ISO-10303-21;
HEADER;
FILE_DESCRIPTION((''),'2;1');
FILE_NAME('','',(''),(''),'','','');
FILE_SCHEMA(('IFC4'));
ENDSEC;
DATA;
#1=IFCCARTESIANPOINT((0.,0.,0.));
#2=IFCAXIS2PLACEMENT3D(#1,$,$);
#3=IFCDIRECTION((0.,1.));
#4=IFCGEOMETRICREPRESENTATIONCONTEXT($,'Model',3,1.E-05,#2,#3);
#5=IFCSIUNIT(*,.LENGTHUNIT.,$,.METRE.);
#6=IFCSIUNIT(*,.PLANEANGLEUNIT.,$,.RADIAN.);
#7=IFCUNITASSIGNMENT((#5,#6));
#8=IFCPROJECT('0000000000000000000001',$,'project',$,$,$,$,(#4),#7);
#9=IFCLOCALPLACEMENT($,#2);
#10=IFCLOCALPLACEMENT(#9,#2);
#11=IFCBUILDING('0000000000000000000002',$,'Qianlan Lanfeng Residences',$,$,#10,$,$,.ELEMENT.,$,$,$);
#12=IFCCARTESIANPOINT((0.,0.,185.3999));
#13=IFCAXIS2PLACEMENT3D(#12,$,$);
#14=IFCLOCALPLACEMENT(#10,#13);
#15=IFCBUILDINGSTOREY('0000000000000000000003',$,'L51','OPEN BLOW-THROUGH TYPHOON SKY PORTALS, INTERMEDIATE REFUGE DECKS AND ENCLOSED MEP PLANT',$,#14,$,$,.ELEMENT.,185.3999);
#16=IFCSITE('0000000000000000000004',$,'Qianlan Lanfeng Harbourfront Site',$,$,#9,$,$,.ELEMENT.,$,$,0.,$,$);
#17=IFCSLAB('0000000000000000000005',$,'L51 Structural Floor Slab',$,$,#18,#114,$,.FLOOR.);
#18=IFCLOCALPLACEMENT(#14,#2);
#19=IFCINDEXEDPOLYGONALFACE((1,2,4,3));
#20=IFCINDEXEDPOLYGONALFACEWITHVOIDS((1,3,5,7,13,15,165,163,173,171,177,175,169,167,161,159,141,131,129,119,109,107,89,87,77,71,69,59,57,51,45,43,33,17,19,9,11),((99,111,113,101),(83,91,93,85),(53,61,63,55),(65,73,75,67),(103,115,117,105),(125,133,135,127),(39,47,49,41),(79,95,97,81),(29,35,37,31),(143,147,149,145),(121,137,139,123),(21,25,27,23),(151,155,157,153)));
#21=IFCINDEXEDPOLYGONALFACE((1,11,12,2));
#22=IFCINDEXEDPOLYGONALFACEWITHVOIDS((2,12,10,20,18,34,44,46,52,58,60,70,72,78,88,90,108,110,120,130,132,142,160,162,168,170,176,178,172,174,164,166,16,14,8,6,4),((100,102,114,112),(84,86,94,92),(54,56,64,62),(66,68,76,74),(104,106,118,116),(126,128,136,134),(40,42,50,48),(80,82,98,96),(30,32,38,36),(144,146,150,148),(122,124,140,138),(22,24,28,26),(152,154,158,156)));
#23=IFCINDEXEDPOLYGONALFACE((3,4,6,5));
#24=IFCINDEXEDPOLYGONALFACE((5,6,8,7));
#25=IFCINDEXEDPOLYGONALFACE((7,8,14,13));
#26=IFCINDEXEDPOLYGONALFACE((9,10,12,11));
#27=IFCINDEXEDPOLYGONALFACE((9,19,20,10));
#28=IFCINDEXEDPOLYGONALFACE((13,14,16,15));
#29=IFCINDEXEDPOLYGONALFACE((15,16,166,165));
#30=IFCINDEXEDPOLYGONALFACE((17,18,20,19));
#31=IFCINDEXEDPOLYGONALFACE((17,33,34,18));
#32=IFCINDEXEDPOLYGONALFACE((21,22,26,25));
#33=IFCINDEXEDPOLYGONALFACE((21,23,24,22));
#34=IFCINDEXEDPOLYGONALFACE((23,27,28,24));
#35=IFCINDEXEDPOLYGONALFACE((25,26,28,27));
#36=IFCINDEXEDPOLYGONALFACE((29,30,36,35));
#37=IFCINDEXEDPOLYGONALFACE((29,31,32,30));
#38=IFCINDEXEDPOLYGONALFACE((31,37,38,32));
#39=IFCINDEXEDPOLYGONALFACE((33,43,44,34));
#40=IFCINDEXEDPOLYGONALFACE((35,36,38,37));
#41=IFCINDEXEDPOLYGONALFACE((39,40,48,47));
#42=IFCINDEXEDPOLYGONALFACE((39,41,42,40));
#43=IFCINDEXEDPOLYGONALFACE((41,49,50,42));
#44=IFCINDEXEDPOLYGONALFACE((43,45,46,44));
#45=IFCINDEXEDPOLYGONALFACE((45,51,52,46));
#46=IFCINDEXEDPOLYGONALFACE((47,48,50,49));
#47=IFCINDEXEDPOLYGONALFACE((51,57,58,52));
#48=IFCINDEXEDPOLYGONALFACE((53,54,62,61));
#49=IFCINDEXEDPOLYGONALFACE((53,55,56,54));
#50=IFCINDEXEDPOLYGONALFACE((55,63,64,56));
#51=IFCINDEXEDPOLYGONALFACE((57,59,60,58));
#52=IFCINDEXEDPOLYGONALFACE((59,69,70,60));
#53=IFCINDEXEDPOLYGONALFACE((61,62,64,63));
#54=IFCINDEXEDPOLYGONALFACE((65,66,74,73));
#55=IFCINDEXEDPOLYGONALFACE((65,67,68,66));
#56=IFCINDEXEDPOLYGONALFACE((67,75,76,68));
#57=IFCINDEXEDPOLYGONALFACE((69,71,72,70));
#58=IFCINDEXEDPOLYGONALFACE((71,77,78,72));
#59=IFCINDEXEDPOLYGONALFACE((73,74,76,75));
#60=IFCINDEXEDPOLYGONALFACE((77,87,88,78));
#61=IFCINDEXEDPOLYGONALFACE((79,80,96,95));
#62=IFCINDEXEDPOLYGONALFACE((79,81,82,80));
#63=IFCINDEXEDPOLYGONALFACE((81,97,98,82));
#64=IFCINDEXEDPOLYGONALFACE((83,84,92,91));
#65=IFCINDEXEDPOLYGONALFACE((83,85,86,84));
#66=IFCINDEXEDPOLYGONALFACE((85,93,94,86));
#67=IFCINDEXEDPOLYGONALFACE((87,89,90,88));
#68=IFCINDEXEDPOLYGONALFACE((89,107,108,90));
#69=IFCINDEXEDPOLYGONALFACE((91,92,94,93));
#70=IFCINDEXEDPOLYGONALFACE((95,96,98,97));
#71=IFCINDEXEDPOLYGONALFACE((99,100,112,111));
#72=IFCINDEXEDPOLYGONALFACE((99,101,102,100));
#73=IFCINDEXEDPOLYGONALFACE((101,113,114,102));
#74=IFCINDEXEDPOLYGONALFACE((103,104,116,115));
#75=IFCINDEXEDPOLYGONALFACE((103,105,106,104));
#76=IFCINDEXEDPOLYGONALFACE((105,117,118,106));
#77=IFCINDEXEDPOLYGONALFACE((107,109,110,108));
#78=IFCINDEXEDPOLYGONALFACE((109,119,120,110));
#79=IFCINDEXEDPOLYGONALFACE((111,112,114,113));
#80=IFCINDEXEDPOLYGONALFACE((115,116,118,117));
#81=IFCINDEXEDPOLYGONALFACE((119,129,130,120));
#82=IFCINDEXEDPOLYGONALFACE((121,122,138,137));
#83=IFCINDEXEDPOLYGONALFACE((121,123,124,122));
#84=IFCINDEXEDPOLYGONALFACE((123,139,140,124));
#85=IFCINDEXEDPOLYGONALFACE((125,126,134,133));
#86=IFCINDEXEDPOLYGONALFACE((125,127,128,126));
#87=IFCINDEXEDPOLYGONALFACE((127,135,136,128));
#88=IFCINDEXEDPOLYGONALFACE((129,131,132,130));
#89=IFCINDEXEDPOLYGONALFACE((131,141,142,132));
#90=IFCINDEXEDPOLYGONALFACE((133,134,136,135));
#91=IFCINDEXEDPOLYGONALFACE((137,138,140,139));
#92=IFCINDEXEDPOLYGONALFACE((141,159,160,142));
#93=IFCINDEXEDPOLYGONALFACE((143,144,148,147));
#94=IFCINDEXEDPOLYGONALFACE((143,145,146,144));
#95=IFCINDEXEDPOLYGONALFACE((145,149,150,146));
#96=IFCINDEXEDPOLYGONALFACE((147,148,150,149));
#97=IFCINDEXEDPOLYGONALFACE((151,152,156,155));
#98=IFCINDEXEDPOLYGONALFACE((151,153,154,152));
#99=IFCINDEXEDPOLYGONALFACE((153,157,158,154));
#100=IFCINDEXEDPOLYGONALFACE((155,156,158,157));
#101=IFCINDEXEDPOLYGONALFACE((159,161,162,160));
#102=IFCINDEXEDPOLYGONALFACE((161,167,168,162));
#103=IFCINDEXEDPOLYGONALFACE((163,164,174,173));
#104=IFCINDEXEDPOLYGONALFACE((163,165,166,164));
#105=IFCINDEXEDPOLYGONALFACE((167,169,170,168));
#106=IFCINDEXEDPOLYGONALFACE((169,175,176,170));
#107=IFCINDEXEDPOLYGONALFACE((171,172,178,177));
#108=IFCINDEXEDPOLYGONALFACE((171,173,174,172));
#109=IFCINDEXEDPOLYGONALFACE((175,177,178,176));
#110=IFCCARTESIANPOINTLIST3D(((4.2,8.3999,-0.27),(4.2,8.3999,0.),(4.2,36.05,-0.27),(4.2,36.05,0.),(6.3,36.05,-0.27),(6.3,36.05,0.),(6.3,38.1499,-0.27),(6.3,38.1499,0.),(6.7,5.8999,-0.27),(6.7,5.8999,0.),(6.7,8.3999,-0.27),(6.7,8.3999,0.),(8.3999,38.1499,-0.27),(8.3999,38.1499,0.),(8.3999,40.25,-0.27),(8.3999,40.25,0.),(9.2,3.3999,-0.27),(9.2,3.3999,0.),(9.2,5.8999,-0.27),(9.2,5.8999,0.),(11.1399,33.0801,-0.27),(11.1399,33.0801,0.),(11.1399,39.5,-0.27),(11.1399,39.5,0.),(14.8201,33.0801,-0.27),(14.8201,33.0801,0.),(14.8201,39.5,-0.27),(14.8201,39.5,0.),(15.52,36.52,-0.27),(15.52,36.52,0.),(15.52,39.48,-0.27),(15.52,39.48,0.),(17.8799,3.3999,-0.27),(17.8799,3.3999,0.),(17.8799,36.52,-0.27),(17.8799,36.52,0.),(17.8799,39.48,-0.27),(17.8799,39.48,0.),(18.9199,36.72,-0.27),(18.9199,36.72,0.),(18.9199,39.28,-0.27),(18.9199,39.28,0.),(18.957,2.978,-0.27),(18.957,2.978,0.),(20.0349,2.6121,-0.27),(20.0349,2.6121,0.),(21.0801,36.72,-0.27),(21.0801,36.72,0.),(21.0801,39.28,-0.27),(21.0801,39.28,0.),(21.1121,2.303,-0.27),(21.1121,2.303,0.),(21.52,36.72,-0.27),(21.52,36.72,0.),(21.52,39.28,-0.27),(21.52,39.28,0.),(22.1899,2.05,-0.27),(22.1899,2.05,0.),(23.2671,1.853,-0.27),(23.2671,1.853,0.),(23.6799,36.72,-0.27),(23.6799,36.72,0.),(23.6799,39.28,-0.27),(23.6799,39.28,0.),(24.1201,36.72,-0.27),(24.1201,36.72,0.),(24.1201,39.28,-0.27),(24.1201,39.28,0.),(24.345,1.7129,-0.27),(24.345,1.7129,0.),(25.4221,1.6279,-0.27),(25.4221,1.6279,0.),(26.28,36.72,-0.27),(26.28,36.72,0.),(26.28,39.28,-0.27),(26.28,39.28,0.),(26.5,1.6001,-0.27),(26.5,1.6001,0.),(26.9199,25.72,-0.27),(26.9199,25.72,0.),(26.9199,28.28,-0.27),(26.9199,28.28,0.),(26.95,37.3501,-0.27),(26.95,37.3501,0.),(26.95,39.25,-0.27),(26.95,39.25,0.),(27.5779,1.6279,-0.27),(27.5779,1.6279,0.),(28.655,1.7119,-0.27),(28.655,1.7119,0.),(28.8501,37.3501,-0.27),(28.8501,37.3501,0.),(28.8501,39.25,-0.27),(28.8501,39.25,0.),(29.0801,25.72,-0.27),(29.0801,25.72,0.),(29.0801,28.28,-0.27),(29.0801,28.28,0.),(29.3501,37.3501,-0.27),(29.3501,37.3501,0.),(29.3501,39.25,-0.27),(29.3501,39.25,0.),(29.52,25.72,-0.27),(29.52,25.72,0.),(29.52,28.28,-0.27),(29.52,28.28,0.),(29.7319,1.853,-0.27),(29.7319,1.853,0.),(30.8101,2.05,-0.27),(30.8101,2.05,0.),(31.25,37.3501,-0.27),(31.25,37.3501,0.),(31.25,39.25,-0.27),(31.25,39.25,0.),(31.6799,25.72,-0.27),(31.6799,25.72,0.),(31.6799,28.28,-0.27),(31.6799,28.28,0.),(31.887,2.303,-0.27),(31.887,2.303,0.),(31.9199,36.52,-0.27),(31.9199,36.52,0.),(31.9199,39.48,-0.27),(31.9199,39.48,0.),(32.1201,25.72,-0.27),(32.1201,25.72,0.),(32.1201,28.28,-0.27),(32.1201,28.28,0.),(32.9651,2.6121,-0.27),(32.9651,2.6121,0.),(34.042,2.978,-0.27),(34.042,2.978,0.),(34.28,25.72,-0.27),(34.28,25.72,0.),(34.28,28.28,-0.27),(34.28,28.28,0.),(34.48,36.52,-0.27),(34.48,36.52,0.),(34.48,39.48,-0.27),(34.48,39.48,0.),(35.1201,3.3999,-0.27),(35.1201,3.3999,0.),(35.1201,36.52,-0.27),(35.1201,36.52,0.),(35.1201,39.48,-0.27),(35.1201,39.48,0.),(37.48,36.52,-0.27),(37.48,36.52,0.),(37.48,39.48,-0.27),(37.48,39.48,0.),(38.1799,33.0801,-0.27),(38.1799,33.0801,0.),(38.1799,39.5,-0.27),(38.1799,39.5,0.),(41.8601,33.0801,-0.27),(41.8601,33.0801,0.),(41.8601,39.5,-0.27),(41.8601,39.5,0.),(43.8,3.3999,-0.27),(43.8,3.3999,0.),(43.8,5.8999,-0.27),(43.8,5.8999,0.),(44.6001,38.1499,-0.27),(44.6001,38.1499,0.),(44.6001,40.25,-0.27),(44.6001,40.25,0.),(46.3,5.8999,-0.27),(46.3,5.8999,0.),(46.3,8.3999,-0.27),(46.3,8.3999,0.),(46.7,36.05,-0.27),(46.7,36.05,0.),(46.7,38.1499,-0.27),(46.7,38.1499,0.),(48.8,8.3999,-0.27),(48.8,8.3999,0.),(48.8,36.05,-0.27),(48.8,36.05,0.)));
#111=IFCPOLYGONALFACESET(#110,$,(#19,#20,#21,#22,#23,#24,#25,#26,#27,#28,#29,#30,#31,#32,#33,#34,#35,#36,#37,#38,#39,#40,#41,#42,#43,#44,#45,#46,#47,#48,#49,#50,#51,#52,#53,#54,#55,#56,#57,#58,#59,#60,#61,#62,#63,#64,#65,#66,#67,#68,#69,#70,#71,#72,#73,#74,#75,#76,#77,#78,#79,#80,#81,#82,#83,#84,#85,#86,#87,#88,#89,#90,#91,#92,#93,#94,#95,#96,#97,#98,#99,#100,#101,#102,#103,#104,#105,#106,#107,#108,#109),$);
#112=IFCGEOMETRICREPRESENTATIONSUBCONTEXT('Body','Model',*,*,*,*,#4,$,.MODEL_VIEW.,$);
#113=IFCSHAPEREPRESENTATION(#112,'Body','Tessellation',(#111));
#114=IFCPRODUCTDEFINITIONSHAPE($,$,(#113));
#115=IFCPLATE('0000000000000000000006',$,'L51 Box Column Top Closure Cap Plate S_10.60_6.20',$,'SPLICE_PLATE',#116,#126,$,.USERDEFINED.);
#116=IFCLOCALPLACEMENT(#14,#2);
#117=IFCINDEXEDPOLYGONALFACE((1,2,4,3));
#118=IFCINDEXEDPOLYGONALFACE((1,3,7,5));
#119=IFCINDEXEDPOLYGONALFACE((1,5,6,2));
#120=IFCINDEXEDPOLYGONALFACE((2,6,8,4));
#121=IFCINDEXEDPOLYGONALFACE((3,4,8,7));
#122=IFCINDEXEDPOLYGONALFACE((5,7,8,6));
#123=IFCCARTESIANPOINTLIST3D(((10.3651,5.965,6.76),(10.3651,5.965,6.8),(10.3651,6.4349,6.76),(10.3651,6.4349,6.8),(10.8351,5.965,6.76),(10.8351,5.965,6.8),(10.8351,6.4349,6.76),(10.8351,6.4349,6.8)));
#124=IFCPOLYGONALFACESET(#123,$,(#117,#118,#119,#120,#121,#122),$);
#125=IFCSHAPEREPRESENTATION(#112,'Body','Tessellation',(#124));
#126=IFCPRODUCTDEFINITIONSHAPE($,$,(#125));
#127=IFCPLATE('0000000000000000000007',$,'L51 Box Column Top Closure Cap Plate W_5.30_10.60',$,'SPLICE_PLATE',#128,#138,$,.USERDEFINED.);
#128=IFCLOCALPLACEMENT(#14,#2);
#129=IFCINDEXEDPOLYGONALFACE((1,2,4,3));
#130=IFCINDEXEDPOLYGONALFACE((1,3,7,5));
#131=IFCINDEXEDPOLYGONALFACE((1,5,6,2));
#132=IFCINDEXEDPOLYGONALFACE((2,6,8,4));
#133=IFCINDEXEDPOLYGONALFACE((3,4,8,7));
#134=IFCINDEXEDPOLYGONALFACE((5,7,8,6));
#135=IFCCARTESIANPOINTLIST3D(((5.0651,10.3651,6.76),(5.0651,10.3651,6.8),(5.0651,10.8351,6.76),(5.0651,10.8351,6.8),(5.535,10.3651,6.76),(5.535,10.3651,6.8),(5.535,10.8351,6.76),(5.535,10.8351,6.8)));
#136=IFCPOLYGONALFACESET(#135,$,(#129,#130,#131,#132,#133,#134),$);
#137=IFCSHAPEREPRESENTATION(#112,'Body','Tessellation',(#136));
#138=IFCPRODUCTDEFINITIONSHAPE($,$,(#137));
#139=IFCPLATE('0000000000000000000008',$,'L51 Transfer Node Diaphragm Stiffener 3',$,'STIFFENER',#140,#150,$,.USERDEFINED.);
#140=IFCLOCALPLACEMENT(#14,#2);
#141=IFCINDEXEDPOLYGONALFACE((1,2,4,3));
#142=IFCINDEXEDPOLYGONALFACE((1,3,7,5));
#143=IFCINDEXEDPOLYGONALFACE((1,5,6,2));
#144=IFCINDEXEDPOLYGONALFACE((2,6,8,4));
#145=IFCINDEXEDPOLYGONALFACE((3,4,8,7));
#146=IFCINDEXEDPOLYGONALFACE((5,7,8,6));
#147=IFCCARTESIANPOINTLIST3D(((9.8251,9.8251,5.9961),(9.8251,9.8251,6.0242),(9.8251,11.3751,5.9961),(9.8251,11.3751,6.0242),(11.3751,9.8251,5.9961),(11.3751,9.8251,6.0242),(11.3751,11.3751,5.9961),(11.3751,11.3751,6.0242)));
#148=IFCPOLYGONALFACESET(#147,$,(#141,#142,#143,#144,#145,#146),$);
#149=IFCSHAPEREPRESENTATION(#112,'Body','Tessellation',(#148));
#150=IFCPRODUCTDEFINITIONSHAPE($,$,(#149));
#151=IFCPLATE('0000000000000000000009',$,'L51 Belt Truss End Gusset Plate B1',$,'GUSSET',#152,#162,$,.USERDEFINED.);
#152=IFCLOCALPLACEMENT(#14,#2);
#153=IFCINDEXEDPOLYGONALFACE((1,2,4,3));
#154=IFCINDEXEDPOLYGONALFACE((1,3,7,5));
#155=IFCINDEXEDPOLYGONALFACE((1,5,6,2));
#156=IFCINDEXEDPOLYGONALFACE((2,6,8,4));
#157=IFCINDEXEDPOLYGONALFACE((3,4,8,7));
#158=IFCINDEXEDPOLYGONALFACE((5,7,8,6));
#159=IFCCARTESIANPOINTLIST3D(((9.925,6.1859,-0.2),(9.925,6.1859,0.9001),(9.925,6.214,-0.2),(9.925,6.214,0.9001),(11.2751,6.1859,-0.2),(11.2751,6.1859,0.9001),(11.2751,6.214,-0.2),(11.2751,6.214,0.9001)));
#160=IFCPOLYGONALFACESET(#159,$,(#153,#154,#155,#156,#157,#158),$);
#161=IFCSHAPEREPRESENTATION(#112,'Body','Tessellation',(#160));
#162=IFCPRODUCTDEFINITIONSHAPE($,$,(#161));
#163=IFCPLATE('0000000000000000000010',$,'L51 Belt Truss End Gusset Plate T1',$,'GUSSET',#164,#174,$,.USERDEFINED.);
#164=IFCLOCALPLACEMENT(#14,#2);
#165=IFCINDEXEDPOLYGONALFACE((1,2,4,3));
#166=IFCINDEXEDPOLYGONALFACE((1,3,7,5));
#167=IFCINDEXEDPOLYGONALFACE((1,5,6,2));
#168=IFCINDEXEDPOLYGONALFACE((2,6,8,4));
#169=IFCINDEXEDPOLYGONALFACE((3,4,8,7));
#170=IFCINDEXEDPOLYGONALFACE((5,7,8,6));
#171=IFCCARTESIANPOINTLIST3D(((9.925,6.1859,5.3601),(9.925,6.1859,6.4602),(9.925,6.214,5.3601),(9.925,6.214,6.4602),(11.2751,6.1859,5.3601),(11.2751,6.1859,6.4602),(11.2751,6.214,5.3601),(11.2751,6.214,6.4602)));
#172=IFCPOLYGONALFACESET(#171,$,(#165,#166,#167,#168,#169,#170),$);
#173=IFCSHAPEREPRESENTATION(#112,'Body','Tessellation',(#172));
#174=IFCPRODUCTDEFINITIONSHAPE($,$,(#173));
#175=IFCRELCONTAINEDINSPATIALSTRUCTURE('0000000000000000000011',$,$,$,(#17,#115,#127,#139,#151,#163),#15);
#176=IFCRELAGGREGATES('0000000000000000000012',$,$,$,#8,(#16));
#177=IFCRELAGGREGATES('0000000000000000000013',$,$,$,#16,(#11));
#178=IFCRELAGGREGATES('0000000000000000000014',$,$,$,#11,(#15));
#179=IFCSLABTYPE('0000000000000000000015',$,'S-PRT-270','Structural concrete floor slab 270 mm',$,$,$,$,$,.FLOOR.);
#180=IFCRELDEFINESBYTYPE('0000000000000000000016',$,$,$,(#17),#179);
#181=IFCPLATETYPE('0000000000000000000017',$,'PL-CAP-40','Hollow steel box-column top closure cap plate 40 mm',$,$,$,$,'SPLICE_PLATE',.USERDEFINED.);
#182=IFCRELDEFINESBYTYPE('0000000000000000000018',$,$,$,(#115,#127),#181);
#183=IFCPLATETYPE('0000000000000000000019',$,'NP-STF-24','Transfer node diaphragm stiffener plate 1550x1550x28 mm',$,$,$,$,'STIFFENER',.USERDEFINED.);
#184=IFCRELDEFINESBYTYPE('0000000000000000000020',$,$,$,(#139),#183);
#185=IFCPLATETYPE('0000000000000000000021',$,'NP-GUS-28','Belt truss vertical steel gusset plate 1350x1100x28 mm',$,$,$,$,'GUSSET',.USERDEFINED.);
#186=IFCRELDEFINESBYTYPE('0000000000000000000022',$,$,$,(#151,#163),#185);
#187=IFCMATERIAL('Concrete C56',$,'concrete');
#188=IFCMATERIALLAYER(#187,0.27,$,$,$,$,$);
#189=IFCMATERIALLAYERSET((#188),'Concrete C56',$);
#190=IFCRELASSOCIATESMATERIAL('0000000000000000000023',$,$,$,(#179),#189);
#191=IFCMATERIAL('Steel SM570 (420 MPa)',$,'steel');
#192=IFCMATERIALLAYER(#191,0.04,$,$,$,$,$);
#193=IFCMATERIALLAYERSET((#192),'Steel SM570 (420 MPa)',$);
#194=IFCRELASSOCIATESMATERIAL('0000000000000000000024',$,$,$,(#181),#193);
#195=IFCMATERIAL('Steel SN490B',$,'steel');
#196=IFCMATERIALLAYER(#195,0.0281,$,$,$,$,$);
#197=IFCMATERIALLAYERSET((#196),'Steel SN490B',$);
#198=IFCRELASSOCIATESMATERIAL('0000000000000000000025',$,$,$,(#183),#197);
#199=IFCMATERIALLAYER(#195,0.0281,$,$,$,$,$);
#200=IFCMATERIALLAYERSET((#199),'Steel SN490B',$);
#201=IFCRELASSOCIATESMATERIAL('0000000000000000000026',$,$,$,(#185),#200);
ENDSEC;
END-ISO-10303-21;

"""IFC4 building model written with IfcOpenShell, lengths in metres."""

from ifc_helpers import new_model, si_unit, direction, frame, origin, origin_2d, place, context, subcontext, project, spatial, polyline, rectangle, outline, extrude, source, transform, mapped, material, layer, layer_set, type_object, element, save


model = new_model("IFC4")

# Units and contexts
model_context = context("Model", 3, precision=1e-05, world=origin(), true_north=direction((0.0, 1.0)))
body_context = subcontext(model_context, "Body", "Model", "MODEL_VIEW")
ifc_project = project(units=[si_unit("LENGTHUNIT", "METRE"), si_unit("PLANEANGLEUNIT", "RADIAN")], contexts=[model_context])

# Site, building, storey
site_placement = place(None, origin())
site = spatial("IfcSite", under=ifc_project, at=site_placement, Name="Qianlan Lanfeng Harbourfront Site", CompositionType="ELEMENT", RefElevation=0.0)
building_placement = place(site_placement, origin())
building = spatial("IfcBuilding", under=site, at=building_placement, Name="Qianlan Lanfeng Residences", CompositionType="ELEMENT")
storey_placement = place(building_placement, frame((0.0, 0.0, 185.3999)))
storey = spatial("IfcBuildingStorey", under=building, at=storey_placement, Name="L51", Description="OPEN BLOW-THROUGH TYPHOON SKY PORTALS, INTERMEDIATE REFUGE DECKS AND ENCLOSED MEP PLANT", CompositionType="ELEMENT", Elevation=185.3999)

# Shared definitions
ifc_material_1 = material(Name="Steel SN490B", Category="steel")

# Shared definitions
ifc_material_2 = material(Name="Steel SM570 (420 MPa)", Category="steel")

# Slab
ifc_material_3 = material(Name="Concrete C56", Category="concrete")
ifc_layer_1 = layer(ifc_material_3, 0.27)
ifc_layer_set_1 = layer_set([ifc_layer_1], Name="Concrete C56")
slab_type_1 = type_object("IfcSlabType", Name="S-PRT-270", Description="Structural concrete floor slab 270 mm", PredefinedType="FLOOR", material=ifc_layer_set_1)
slab_1_placement = place(storey_placement, frame((0.0, 0.0, -0.27)))
element("IfcSlab", 1, at=slab_1_placement, inside=storey, type_object=slab_type_1, Name="L51 Structural Floor Slab", PredefinedType="FLOOR", context=body_context, shape_type="SweptSolid", body=[
    extrude(outline(polyline([(4.2, 8.3999), (6.7, 8.3999), (6.7, 5.8999), (9.2, 5.8999), (9.2, 3.3999), (17.8799, 3.3999), (18.957, 2.978), (20.0349, 2.6121), (21.1121, 2.303), (22.1899, 2.05), (23.2671, 1.853), (24.345, 1.7129), (25.4221, 1.6279), (26.5, 1.6001), (27.5779, 1.6279), (28.655, 1.7119), (29.7319, 1.853), (30.8101, 2.05), (31.887, 2.303), (32.9651, 2.6121), (34.042, 2.978), (35.1201, 3.3999), (43.8, 3.3999), (43.8, 5.8999), (46.3, 5.8999), (46.3, 8.3999), (48.8, 8.3999), (48.8, 36.05), (46.7, 36.05), (46.7, 38.1499), (44.6001, 38.1499), (44.6001, 40.25), (8.3999, 40.25), (8.3999, 38.1499), (6.3, 38.1499), (6.3, 36.05), (4.2, 36.05), (4.2, 8.3999)]), holes=[polyline([(11.1399, 33.0801), (11.1399, 39.5), (14.8201, 39.5), (14.8201, 33.0801), (11.1399, 33.0801)]), polyline([(38.1799, 33.0801), (38.1799, 39.5), (41.8601, 39.5), (41.8601, 33.0801), (38.1799, 33.0801)]), polyline([(15.52, 36.52), (15.52, 39.48), (17.8799, 39.48), (17.8799, 36.52), (15.52, 36.52)]), polyline([(35.1201, 36.52), (35.1201, 39.48), (37.48, 39.48), (37.48, 36.52), (35.1201, 36.52)]), polyline([(31.9199, 36.52), (31.9199, 39.48), (34.48, 39.48), (34.48, 36.52), (31.9199, 36.52)]), polyline([(26.9199, 25.72), (26.9199, 28.28), (29.0801, 28.28), (29.0801, 25.72), (26.9199, 25.72)]), polyline([(29.52, 25.72), (29.52, 28.28), (31.6799, 28.28), (31.6799, 25.72), (29.52, 25.72)]), polyline([(32.1201, 25.72), (32.1201, 28.28), (34.28, 28.28), (34.28, 25.72), (32.1201, 25.72)]), polyline([(18.9199, 36.72), (18.9199, 39.28), (21.0801, 39.28), (21.0801, 36.72), (18.9199, 36.72)]), polyline([(21.52, 36.72), (21.52, 39.28), (23.6799, 39.28), (23.6799, 36.72), (21.52, 36.72)]), polyline([(24.1201, 36.72), (24.1201, 39.28), (26.28, 39.28), (26.28, 36.72), (24.1201, 36.72)]), polyline([(26.95, 37.3501), (26.95, 39.25), (28.8501, 39.25), (28.8501, 37.3501), (26.95, 37.3501)]), polyline([(29.3501, 37.3501), (29.3501, 39.25), (31.25, 39.25), (31.25, 37.3501), (29.3501, 37.3501)])]), origin(), (0.0, 0.0, 1.0), 0.27),
])

# Plates
ifc_layer_2 = layer(ifc_material_2, 0.04)
ifc_layer_set_2 = layer_set([ifc_layer_2], Name="Steel SM570 (420 MPa)")
plate_type_1 = type_object("IfcPlateType", Name="PL-CAP-40", Description="Hollow steel box-column top closure cap plate 40 mm", ElementType="SPLICE_PLATE", PredefinedType="USERDEFINED", material=ifc_layer_set_2)
shared_shape_1 = source(origin(), body_context, "Body", "SweptSolid", [
    extrude(rectangle(XDim=0.47, YDim=0.47, at=origin_2d()), origin(), (0.0, 0.0, 1.0), 0.04),
])
for number, where, z_axis, x_axis, name in (
    (2, (10.6001, 6.2, 6.76), (0.0, 0.0, 1.0), (1.0, 0.0, 0.0), "L51 Box Column Top Closure Cap Plate S_10.60_6.20"),
    (3, (5.3, 10.6001, 6.76), (0.0, 0.0, 1.0), (1.0, 0.0, 0.0), "L51 Box Column Top Closure Cap Plate W_5.30_10.60"),
):
    element("IfcPlate", number, at=place(storey_placement, frame(where, z_axis=z_axis, x_axis=x_axis)), inside=storey, type_object=plate_type_1, Name=name, ObjectType="SPLICE_PLATE", PredefinedType="USERDEFINED", context=body_context, shape_type="MappedRepresentation", body=[
        mapped(shared_shape_1, transform((0.0, 0.0, 0.0), scale=1.0)),
    ])
ifc_layer_3 = layer(ifc_material_1, 0.0281)
ifc_layer_set_3 = layer_set([ifc_layer_3], Name="Steel SN490B")
plate_type_2 = type_object("IfcPlateType", Name="NP-STF-24", Description="Transfer node diaphragm stiffener plate 1550x1550x28 mm", ElementType="STIFFENER", PredefinedType="USERDEFINED", material=ifc_layer_set_3)
shared_shape_2 = source(origin(), body_context, "Body", "SweptSolid", [
    extrude(rectangle(XDim=1.55, YDim=1.55, at=origin_2d()), origin(), (0.0, 0.0, 1.0), 0.0281),
])
plate_placement = place(storey_placement, frame((10.6001, 10.6001, 5.9961), z_axis=(0.0, 0.0, 1.0), x_axis=(1.0, 0.0, 0.0)))
element("IfcPlate", 4, at=plate_placement, inside=storey, type_object=plate_type_2, Name="L51 Transfer Node Diaphragm Stiffener 3", ObjectType="STIFFENER", PredefinedType="USERDEFINED", context=body_context, shape_type="MappedRepresentation", body=[
    mapped(shared_shape_2, transform((0.0, 0.0, 0.0), scale=1.0)),
])
ifc_layer_4 = layer(ifc_material_1, 0.0281)
ifc_layer_set_4 = layer_set([ifc_layer_4], Name="Steel SN490B")
plate_type_3 = type_object("IfcPlateType", Name="NP-GUS-28", Description="Belt truss vertical steel gusset plate 1350x1100x28 mm", ElementType="GUSSET", PredefinedType="USERDEFINED", material=ifc_layer_set_4)
shared_shape_3 = source(origin(), body_context, "Body", "SweptSolid", [
    extrude(rectangle(XDim=1.3501, YDim=0.0281, at=origin_2d()), origin(), (0.0, 0.0, 1.0), 1.1001),
])
for number, where, z_axis, x_axis, name in (
    (5, (10.6001, 6.2, -0.2), (0.0, 0.0, 1.0), (1.0, 0.0, 0.0), "L51 Belt Truss End Gusset Plate B1"),
    (6, (10.6001, 6.2, 5.3601), (0.0, 0.0, 1.0), (1.0, 0.0, 0.0), "L51 Belt Truss End Gusset Plate T1"),
):
    element("IfcPlate", number, at=place(storey_placement, frame(where, z_axis=z_axis, x_axis=x_axis)), inside=storey, type_object=plate_type_3, Name=name, ObjectType="GUSSET", PredefinedType="USERDEFINED", context=body_context, shape_type="MappedRepresentation", body=[
        mapped(shared_shape_3, transform((0.0, 0.0, 0.0), scale=1.0)),
    ])

save(model, "model.ifc")
